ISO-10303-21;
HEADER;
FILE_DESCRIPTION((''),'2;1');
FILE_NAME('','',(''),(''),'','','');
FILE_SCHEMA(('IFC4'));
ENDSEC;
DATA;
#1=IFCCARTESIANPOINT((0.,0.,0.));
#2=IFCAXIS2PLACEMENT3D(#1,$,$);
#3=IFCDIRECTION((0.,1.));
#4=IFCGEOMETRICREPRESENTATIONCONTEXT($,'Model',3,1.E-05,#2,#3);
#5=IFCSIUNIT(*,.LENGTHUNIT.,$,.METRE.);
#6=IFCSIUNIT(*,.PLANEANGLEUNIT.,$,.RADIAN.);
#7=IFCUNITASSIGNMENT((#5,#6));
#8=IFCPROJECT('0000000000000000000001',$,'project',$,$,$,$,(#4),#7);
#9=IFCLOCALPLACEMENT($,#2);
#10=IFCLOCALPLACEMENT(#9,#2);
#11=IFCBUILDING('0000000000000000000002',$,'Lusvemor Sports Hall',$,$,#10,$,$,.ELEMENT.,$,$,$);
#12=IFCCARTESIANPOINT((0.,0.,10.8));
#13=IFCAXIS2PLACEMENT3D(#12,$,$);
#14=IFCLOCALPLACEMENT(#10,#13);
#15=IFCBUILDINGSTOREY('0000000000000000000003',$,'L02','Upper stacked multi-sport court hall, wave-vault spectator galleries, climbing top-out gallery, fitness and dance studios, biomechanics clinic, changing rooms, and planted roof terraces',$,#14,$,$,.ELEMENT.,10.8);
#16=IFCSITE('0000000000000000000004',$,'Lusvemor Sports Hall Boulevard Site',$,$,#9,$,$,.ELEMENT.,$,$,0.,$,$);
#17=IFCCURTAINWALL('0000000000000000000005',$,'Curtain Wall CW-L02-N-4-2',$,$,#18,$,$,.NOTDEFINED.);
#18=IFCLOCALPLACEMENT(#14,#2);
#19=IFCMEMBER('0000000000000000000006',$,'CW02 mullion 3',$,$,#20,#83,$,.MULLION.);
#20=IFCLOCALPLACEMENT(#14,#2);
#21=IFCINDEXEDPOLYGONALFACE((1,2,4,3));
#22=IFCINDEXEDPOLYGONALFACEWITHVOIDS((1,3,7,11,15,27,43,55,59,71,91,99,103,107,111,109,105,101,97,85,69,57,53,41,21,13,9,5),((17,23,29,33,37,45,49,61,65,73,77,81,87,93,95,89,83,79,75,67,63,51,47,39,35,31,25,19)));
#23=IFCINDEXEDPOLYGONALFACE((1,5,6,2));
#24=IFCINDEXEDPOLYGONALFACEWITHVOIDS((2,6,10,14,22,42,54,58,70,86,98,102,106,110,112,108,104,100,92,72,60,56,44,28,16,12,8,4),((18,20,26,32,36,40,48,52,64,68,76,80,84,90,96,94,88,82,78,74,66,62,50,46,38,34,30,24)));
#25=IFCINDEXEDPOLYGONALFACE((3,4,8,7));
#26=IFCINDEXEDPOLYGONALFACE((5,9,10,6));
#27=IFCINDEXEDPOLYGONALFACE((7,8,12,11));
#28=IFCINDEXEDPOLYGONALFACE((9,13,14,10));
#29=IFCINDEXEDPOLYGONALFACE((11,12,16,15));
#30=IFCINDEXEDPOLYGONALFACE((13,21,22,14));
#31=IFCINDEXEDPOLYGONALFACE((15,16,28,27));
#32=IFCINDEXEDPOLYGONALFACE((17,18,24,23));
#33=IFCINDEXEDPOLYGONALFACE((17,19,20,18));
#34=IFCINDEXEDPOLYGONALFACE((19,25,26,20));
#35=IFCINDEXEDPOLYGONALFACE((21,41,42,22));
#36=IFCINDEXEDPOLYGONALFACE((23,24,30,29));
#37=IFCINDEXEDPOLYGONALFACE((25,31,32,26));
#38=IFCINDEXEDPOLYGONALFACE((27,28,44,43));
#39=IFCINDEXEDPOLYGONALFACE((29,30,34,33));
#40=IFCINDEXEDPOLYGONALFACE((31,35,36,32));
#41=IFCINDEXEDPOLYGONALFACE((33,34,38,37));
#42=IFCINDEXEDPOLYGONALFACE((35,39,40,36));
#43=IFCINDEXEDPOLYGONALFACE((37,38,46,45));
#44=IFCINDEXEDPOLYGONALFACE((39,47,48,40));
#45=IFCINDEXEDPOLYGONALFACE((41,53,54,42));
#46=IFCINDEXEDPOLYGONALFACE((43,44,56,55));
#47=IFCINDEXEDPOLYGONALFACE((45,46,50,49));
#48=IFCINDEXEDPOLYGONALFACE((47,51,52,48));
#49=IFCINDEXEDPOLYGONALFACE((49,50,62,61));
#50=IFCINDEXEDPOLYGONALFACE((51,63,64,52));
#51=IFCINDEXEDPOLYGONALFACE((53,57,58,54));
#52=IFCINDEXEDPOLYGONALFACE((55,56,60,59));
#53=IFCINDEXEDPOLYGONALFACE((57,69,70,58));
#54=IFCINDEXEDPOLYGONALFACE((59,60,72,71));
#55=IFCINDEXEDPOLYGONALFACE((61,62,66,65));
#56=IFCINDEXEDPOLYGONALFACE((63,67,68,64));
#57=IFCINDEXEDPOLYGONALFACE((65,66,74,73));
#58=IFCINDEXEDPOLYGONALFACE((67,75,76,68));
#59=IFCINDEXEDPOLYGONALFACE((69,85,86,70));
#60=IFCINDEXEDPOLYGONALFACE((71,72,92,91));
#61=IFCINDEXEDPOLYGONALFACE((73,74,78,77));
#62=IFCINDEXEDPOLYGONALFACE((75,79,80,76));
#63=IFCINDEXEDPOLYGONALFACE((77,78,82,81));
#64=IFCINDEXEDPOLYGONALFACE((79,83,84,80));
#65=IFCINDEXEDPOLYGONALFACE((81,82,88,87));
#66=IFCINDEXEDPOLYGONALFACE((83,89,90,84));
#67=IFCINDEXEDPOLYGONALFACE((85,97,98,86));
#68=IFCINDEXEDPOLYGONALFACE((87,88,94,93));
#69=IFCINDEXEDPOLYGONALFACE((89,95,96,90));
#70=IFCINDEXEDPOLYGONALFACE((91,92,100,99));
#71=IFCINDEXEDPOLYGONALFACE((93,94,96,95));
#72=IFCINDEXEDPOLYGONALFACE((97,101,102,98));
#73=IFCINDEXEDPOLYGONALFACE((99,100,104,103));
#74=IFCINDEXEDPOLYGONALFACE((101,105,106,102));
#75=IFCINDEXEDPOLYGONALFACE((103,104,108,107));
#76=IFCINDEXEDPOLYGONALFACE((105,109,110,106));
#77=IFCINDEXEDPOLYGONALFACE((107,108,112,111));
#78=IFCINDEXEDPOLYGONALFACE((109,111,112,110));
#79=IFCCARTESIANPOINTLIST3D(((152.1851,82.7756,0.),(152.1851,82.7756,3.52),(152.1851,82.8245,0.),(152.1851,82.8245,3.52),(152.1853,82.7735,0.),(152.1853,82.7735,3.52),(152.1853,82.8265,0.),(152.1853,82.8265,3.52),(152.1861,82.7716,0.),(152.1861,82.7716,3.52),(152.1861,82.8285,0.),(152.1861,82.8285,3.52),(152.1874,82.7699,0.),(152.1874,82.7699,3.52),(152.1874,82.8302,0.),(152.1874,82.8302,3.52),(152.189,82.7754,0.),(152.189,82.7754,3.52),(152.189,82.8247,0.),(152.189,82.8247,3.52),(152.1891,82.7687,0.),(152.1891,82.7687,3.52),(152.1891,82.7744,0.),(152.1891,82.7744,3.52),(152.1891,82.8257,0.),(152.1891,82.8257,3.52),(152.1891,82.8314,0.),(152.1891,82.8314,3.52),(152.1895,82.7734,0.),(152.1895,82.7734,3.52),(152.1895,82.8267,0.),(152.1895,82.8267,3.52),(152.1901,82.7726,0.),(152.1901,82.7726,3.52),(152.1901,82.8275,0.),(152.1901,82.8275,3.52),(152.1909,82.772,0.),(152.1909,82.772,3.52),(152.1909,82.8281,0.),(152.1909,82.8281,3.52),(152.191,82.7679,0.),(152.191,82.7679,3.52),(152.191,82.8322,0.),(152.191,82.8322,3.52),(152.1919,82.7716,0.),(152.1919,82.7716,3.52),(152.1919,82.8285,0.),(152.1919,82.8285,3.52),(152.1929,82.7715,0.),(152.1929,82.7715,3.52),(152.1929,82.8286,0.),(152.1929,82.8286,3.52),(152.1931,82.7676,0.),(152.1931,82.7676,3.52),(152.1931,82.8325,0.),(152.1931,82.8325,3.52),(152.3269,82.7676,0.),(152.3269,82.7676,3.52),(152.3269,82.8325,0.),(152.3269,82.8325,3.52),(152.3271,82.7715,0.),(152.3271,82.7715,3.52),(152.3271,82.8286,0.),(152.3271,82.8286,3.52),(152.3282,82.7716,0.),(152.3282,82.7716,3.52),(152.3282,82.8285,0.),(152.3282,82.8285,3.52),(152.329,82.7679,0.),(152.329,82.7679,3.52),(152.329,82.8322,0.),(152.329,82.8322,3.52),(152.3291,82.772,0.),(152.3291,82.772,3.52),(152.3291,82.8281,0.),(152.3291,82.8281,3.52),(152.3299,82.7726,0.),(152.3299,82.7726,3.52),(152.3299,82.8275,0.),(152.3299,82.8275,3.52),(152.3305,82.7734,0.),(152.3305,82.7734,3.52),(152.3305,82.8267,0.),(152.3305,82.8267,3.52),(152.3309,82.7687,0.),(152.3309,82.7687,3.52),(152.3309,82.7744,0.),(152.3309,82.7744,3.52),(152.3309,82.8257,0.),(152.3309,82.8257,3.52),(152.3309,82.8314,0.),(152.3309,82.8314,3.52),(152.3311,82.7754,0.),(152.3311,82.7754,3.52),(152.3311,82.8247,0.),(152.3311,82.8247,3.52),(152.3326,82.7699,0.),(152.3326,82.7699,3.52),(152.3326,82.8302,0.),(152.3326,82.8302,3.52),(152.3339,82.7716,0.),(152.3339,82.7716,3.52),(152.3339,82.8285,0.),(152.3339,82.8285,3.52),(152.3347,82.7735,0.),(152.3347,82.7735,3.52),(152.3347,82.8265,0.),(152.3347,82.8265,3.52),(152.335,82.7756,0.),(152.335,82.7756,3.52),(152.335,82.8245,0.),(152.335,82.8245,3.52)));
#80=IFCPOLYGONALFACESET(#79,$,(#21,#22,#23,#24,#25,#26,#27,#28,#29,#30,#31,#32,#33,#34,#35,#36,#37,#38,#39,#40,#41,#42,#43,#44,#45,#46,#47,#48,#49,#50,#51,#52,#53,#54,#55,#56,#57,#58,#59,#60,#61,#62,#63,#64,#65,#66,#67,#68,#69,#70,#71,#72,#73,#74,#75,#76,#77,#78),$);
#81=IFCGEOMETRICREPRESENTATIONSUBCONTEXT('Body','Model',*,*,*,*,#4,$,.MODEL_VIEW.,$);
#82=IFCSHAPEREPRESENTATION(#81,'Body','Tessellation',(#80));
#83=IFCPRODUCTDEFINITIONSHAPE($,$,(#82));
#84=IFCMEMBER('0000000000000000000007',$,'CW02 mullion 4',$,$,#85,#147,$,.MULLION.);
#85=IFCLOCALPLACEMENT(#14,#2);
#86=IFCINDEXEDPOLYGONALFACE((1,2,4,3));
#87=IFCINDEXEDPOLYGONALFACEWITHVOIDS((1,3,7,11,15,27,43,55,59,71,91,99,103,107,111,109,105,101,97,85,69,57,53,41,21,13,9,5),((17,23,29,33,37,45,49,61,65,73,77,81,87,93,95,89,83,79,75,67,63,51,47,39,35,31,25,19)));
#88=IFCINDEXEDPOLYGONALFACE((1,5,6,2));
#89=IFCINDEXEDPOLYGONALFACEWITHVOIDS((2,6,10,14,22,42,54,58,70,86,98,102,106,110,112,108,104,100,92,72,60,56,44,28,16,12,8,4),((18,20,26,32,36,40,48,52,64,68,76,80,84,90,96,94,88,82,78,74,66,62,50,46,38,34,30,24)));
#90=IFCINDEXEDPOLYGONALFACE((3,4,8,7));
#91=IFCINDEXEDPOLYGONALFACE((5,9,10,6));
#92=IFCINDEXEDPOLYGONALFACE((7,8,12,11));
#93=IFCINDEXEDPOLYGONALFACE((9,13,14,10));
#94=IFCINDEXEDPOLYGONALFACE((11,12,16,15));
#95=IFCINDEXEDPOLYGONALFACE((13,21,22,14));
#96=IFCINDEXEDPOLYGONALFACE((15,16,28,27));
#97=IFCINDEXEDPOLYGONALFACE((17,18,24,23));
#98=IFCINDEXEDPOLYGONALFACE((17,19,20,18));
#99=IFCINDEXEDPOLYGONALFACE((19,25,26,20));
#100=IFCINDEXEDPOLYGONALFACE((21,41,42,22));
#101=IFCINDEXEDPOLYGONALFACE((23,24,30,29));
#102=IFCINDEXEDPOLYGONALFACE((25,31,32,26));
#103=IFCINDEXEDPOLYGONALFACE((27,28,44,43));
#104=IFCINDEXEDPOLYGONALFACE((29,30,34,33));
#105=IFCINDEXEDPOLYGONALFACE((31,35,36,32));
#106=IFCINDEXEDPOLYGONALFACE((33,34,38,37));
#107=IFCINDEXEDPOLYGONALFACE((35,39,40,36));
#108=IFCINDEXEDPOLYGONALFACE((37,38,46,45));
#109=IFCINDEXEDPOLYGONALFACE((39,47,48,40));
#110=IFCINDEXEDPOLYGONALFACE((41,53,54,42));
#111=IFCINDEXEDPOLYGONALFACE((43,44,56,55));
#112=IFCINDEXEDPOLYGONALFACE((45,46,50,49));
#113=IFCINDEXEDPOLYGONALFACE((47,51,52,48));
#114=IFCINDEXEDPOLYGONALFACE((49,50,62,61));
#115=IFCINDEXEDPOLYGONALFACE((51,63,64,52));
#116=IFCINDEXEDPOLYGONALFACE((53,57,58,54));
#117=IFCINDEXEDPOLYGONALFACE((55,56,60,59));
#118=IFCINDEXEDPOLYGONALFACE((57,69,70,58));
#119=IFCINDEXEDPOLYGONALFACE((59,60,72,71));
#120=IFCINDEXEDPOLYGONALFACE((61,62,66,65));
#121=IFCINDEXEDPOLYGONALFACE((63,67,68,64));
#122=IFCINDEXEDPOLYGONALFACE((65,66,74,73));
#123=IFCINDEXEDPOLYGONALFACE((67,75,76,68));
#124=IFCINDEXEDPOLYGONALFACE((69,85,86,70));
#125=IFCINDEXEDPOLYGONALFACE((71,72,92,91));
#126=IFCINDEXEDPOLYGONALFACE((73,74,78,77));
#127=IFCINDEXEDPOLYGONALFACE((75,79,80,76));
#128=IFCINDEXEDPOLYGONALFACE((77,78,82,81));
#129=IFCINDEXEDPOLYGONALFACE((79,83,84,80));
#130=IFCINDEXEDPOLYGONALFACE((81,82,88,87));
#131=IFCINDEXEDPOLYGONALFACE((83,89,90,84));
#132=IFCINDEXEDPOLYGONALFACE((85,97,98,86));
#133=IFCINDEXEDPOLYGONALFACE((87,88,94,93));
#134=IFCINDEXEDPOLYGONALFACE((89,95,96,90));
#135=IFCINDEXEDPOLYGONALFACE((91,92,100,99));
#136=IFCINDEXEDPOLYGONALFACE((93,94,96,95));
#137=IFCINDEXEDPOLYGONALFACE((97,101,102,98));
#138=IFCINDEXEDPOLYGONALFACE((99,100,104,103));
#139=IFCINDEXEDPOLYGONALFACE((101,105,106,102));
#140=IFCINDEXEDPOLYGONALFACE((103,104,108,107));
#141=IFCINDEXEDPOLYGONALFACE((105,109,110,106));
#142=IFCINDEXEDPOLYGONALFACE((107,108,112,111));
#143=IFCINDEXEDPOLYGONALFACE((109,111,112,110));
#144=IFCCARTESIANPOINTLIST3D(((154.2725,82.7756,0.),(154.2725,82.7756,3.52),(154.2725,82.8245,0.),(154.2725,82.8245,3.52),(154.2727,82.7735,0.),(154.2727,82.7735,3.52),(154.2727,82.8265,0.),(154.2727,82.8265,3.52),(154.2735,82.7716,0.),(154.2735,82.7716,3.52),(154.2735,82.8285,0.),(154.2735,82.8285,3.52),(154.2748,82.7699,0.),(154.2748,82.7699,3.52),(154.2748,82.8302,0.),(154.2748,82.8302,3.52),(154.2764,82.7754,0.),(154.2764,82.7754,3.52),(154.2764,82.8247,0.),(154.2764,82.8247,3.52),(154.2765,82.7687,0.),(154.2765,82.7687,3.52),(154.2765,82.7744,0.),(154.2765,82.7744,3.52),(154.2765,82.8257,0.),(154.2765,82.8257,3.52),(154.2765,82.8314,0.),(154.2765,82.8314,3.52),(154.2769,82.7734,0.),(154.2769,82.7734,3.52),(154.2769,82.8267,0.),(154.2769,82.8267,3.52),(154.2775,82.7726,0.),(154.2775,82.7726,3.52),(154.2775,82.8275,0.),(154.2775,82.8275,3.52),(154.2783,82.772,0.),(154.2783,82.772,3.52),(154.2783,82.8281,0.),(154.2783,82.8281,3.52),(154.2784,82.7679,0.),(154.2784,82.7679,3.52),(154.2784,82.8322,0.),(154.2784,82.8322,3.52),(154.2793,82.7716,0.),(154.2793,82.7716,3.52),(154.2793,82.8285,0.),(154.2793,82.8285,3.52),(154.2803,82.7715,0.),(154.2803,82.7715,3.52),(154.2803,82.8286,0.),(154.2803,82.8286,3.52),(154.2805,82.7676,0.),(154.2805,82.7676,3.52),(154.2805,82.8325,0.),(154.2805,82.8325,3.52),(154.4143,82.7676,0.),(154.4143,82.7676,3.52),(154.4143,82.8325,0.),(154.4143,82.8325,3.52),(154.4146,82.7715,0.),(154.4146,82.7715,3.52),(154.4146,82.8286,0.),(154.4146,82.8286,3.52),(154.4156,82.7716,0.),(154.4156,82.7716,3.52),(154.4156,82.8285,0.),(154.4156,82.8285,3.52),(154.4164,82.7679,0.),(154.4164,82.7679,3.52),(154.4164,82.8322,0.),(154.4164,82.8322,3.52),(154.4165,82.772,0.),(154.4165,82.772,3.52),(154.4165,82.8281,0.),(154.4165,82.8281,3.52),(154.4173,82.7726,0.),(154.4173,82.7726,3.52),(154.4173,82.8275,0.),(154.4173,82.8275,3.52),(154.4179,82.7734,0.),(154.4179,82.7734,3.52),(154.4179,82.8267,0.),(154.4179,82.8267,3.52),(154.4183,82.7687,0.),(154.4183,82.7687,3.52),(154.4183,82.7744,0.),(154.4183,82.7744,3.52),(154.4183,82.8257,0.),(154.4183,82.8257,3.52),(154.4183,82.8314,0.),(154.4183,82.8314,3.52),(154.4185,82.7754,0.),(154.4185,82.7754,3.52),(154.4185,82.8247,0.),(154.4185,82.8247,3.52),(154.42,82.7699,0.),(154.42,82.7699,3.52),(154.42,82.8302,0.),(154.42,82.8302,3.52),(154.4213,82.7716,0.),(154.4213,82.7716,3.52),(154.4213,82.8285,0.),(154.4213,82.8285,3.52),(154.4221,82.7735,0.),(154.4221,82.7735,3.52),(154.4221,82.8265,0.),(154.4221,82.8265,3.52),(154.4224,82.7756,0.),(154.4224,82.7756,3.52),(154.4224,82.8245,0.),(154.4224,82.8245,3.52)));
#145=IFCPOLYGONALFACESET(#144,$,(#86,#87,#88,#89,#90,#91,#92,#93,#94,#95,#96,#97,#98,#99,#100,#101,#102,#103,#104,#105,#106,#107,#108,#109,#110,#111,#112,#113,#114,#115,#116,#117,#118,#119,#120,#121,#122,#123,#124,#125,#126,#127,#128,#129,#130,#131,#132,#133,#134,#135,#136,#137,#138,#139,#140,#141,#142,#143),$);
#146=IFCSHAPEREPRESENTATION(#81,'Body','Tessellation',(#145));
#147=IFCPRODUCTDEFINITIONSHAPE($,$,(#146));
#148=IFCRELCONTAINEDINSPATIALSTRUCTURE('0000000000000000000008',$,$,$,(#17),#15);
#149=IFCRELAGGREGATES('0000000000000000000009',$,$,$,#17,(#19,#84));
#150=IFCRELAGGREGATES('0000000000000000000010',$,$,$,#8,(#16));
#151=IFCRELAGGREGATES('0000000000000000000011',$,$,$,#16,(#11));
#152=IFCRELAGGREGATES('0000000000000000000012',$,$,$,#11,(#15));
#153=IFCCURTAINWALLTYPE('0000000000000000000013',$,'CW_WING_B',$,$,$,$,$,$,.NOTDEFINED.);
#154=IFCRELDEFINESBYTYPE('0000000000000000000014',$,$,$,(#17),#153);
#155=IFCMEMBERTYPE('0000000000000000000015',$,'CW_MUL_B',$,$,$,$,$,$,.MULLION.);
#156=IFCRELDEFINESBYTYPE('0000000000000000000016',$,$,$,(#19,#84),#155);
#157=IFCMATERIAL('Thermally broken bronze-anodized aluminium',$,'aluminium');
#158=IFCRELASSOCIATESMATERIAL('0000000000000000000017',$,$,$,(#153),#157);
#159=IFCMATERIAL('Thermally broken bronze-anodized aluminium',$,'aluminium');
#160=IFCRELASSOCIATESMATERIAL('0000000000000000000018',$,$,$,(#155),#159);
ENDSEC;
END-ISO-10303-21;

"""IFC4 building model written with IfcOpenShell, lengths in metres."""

from ifc_helpers import new_model, si_unit, direction, frame, origin, origin_2d, place, context, subcontext, project, spatial, hollow_rectangle, extrude, material, material_profile, profile_set, type_object, element, aggregate, save


model = new_model("IFC4")

# Units and contexts
model_context = context("Model", 3, precision=1e-05, world=origin(), true_north=direction((0.0, 1.0)))
body_context = subcontext(model_context, "Body", "Model", "MODEL_VIEW")
ifc_project = project(units=[si_unit("LENGTHUNIT", "METRE"), si_unit("PLANEANGLEUNIT", "RADIAN")], contexts=[model_context])

# Site, building, storey
site_placement = place(None, origin())
site = spatial("IfcSite", under=ifc_project, at=site_placement, Name="Lusvemor Sports Hall Boulevard Site", CompositionType="ELEMENT", RefElevation=0.0)
building_placement = place(site_placement, origin())
building = spatial("IfcBuilding", under=site, at=building_placement, Name="Lusvemor Sports Hall", CompositionType="ELEMENT")
storey_placement = place(building_placement, frame((0.0, 0.0, 10.8)))
storey = spatial("IfcBuildingStorey", under=building, at=storey_placement, Name="L02", Description="Upper stacked multi-sport court hall, wave-vault spectator galleries, climbing top-out gallery, fitness and dance studios, biomechanics clinic, changing rooms, and planted roof terraces", CompositionType="ELEMENT", Elevation=10.8)

# Curtain wall, members
ifc_material_1 = material(Name="Thermally broken bronze-anodized aluminium", Category="aluminium")
curtain_wall_type = type_object("IfcCurtainWallType", Name="CW_WING_B", PredefinedType="NOTDEFINED", material=ifc_material_1)
curtain_wall_placement = place(storey_placement, origin())
curtain_wall = element("IfcCurtainWall", 1, at=curtain_wall_placement, inside=storey, type_object=curtain_wall_type, Name="Curtain Wall CW-L02-N-4-2", PredefinedType="NOTDEFINED")
ifc_material_2 = material(Name="Thermally broken bronze-anodized aluminium", Category="aluminium")
ifc_material_profile_1 = material_profile(ifc_material_2, hollow_rectangle(XDim=0.0649, YDim=0.1499, WallThickness=0.0039, InnerFilletRadius=0.0039, OuterFilletRadius=0.0081, at=origin_2d()), Name="CWMUL150x65x4")
ifc_profile_set_1 = profile_set([ifc_material_profile_1], Name="Thermally broken bronze-anodized aluminium")
member_type_1 = type_object("IfcMemberType", Name="CW_MUL_B", PredefinedType="MULLION", material=ifc_profile_set_1)
member_1_placement = place(storey_placement, frame((152.26, 82.8, 0.0), z_axis=(0.0, 0.0, 1.0), x_axis=(0.0, 1.0, 0.0)))
member_1 = element("IfcMember", 2, at=member_1_placement, type_object=member_type_1, Name="CW02 mullion 3", PredefinedType="MULLION", context=body_context, shape_type="SweptSolid", body=[
    extrude(hollow_rectangle(XDim=0.0649, YDim=0.1499, WallThickness=0.0039, InnerFilletRadius=0.0039, OuterFilletRadius=0.0081, at=origin_2d()), origin(), (0.0, 0.0, 1.0), 3.52),
])
member_2_placement = place(storey_placement, frame((154.3474, 82.8, 0.0), z_axis=(0.0, 0.0, 1.0), x_axis=(0.0, 1.0, 0.0)))
member_2 = element("IfcMember", 3, at=member_2_placement, type_object=member_type_1, Name="CW02 mullion 4", PredefinedType="MULLION", context=body_context, shape_type="SweptSolid", body=[
    extrude(hollow_rectangle(XDim=0.0649, YDim=0.1499, WallThickness=0.0039, InnerFilletRadius=0.0039, OuterFilletRadius=0.0081, at=origin_2d()), origin(), (0.0, 0.0, 1.0), 3.52),
])

aggregate(curtain_wall, [member_1, member_2])

save(model, "model.ifc")
